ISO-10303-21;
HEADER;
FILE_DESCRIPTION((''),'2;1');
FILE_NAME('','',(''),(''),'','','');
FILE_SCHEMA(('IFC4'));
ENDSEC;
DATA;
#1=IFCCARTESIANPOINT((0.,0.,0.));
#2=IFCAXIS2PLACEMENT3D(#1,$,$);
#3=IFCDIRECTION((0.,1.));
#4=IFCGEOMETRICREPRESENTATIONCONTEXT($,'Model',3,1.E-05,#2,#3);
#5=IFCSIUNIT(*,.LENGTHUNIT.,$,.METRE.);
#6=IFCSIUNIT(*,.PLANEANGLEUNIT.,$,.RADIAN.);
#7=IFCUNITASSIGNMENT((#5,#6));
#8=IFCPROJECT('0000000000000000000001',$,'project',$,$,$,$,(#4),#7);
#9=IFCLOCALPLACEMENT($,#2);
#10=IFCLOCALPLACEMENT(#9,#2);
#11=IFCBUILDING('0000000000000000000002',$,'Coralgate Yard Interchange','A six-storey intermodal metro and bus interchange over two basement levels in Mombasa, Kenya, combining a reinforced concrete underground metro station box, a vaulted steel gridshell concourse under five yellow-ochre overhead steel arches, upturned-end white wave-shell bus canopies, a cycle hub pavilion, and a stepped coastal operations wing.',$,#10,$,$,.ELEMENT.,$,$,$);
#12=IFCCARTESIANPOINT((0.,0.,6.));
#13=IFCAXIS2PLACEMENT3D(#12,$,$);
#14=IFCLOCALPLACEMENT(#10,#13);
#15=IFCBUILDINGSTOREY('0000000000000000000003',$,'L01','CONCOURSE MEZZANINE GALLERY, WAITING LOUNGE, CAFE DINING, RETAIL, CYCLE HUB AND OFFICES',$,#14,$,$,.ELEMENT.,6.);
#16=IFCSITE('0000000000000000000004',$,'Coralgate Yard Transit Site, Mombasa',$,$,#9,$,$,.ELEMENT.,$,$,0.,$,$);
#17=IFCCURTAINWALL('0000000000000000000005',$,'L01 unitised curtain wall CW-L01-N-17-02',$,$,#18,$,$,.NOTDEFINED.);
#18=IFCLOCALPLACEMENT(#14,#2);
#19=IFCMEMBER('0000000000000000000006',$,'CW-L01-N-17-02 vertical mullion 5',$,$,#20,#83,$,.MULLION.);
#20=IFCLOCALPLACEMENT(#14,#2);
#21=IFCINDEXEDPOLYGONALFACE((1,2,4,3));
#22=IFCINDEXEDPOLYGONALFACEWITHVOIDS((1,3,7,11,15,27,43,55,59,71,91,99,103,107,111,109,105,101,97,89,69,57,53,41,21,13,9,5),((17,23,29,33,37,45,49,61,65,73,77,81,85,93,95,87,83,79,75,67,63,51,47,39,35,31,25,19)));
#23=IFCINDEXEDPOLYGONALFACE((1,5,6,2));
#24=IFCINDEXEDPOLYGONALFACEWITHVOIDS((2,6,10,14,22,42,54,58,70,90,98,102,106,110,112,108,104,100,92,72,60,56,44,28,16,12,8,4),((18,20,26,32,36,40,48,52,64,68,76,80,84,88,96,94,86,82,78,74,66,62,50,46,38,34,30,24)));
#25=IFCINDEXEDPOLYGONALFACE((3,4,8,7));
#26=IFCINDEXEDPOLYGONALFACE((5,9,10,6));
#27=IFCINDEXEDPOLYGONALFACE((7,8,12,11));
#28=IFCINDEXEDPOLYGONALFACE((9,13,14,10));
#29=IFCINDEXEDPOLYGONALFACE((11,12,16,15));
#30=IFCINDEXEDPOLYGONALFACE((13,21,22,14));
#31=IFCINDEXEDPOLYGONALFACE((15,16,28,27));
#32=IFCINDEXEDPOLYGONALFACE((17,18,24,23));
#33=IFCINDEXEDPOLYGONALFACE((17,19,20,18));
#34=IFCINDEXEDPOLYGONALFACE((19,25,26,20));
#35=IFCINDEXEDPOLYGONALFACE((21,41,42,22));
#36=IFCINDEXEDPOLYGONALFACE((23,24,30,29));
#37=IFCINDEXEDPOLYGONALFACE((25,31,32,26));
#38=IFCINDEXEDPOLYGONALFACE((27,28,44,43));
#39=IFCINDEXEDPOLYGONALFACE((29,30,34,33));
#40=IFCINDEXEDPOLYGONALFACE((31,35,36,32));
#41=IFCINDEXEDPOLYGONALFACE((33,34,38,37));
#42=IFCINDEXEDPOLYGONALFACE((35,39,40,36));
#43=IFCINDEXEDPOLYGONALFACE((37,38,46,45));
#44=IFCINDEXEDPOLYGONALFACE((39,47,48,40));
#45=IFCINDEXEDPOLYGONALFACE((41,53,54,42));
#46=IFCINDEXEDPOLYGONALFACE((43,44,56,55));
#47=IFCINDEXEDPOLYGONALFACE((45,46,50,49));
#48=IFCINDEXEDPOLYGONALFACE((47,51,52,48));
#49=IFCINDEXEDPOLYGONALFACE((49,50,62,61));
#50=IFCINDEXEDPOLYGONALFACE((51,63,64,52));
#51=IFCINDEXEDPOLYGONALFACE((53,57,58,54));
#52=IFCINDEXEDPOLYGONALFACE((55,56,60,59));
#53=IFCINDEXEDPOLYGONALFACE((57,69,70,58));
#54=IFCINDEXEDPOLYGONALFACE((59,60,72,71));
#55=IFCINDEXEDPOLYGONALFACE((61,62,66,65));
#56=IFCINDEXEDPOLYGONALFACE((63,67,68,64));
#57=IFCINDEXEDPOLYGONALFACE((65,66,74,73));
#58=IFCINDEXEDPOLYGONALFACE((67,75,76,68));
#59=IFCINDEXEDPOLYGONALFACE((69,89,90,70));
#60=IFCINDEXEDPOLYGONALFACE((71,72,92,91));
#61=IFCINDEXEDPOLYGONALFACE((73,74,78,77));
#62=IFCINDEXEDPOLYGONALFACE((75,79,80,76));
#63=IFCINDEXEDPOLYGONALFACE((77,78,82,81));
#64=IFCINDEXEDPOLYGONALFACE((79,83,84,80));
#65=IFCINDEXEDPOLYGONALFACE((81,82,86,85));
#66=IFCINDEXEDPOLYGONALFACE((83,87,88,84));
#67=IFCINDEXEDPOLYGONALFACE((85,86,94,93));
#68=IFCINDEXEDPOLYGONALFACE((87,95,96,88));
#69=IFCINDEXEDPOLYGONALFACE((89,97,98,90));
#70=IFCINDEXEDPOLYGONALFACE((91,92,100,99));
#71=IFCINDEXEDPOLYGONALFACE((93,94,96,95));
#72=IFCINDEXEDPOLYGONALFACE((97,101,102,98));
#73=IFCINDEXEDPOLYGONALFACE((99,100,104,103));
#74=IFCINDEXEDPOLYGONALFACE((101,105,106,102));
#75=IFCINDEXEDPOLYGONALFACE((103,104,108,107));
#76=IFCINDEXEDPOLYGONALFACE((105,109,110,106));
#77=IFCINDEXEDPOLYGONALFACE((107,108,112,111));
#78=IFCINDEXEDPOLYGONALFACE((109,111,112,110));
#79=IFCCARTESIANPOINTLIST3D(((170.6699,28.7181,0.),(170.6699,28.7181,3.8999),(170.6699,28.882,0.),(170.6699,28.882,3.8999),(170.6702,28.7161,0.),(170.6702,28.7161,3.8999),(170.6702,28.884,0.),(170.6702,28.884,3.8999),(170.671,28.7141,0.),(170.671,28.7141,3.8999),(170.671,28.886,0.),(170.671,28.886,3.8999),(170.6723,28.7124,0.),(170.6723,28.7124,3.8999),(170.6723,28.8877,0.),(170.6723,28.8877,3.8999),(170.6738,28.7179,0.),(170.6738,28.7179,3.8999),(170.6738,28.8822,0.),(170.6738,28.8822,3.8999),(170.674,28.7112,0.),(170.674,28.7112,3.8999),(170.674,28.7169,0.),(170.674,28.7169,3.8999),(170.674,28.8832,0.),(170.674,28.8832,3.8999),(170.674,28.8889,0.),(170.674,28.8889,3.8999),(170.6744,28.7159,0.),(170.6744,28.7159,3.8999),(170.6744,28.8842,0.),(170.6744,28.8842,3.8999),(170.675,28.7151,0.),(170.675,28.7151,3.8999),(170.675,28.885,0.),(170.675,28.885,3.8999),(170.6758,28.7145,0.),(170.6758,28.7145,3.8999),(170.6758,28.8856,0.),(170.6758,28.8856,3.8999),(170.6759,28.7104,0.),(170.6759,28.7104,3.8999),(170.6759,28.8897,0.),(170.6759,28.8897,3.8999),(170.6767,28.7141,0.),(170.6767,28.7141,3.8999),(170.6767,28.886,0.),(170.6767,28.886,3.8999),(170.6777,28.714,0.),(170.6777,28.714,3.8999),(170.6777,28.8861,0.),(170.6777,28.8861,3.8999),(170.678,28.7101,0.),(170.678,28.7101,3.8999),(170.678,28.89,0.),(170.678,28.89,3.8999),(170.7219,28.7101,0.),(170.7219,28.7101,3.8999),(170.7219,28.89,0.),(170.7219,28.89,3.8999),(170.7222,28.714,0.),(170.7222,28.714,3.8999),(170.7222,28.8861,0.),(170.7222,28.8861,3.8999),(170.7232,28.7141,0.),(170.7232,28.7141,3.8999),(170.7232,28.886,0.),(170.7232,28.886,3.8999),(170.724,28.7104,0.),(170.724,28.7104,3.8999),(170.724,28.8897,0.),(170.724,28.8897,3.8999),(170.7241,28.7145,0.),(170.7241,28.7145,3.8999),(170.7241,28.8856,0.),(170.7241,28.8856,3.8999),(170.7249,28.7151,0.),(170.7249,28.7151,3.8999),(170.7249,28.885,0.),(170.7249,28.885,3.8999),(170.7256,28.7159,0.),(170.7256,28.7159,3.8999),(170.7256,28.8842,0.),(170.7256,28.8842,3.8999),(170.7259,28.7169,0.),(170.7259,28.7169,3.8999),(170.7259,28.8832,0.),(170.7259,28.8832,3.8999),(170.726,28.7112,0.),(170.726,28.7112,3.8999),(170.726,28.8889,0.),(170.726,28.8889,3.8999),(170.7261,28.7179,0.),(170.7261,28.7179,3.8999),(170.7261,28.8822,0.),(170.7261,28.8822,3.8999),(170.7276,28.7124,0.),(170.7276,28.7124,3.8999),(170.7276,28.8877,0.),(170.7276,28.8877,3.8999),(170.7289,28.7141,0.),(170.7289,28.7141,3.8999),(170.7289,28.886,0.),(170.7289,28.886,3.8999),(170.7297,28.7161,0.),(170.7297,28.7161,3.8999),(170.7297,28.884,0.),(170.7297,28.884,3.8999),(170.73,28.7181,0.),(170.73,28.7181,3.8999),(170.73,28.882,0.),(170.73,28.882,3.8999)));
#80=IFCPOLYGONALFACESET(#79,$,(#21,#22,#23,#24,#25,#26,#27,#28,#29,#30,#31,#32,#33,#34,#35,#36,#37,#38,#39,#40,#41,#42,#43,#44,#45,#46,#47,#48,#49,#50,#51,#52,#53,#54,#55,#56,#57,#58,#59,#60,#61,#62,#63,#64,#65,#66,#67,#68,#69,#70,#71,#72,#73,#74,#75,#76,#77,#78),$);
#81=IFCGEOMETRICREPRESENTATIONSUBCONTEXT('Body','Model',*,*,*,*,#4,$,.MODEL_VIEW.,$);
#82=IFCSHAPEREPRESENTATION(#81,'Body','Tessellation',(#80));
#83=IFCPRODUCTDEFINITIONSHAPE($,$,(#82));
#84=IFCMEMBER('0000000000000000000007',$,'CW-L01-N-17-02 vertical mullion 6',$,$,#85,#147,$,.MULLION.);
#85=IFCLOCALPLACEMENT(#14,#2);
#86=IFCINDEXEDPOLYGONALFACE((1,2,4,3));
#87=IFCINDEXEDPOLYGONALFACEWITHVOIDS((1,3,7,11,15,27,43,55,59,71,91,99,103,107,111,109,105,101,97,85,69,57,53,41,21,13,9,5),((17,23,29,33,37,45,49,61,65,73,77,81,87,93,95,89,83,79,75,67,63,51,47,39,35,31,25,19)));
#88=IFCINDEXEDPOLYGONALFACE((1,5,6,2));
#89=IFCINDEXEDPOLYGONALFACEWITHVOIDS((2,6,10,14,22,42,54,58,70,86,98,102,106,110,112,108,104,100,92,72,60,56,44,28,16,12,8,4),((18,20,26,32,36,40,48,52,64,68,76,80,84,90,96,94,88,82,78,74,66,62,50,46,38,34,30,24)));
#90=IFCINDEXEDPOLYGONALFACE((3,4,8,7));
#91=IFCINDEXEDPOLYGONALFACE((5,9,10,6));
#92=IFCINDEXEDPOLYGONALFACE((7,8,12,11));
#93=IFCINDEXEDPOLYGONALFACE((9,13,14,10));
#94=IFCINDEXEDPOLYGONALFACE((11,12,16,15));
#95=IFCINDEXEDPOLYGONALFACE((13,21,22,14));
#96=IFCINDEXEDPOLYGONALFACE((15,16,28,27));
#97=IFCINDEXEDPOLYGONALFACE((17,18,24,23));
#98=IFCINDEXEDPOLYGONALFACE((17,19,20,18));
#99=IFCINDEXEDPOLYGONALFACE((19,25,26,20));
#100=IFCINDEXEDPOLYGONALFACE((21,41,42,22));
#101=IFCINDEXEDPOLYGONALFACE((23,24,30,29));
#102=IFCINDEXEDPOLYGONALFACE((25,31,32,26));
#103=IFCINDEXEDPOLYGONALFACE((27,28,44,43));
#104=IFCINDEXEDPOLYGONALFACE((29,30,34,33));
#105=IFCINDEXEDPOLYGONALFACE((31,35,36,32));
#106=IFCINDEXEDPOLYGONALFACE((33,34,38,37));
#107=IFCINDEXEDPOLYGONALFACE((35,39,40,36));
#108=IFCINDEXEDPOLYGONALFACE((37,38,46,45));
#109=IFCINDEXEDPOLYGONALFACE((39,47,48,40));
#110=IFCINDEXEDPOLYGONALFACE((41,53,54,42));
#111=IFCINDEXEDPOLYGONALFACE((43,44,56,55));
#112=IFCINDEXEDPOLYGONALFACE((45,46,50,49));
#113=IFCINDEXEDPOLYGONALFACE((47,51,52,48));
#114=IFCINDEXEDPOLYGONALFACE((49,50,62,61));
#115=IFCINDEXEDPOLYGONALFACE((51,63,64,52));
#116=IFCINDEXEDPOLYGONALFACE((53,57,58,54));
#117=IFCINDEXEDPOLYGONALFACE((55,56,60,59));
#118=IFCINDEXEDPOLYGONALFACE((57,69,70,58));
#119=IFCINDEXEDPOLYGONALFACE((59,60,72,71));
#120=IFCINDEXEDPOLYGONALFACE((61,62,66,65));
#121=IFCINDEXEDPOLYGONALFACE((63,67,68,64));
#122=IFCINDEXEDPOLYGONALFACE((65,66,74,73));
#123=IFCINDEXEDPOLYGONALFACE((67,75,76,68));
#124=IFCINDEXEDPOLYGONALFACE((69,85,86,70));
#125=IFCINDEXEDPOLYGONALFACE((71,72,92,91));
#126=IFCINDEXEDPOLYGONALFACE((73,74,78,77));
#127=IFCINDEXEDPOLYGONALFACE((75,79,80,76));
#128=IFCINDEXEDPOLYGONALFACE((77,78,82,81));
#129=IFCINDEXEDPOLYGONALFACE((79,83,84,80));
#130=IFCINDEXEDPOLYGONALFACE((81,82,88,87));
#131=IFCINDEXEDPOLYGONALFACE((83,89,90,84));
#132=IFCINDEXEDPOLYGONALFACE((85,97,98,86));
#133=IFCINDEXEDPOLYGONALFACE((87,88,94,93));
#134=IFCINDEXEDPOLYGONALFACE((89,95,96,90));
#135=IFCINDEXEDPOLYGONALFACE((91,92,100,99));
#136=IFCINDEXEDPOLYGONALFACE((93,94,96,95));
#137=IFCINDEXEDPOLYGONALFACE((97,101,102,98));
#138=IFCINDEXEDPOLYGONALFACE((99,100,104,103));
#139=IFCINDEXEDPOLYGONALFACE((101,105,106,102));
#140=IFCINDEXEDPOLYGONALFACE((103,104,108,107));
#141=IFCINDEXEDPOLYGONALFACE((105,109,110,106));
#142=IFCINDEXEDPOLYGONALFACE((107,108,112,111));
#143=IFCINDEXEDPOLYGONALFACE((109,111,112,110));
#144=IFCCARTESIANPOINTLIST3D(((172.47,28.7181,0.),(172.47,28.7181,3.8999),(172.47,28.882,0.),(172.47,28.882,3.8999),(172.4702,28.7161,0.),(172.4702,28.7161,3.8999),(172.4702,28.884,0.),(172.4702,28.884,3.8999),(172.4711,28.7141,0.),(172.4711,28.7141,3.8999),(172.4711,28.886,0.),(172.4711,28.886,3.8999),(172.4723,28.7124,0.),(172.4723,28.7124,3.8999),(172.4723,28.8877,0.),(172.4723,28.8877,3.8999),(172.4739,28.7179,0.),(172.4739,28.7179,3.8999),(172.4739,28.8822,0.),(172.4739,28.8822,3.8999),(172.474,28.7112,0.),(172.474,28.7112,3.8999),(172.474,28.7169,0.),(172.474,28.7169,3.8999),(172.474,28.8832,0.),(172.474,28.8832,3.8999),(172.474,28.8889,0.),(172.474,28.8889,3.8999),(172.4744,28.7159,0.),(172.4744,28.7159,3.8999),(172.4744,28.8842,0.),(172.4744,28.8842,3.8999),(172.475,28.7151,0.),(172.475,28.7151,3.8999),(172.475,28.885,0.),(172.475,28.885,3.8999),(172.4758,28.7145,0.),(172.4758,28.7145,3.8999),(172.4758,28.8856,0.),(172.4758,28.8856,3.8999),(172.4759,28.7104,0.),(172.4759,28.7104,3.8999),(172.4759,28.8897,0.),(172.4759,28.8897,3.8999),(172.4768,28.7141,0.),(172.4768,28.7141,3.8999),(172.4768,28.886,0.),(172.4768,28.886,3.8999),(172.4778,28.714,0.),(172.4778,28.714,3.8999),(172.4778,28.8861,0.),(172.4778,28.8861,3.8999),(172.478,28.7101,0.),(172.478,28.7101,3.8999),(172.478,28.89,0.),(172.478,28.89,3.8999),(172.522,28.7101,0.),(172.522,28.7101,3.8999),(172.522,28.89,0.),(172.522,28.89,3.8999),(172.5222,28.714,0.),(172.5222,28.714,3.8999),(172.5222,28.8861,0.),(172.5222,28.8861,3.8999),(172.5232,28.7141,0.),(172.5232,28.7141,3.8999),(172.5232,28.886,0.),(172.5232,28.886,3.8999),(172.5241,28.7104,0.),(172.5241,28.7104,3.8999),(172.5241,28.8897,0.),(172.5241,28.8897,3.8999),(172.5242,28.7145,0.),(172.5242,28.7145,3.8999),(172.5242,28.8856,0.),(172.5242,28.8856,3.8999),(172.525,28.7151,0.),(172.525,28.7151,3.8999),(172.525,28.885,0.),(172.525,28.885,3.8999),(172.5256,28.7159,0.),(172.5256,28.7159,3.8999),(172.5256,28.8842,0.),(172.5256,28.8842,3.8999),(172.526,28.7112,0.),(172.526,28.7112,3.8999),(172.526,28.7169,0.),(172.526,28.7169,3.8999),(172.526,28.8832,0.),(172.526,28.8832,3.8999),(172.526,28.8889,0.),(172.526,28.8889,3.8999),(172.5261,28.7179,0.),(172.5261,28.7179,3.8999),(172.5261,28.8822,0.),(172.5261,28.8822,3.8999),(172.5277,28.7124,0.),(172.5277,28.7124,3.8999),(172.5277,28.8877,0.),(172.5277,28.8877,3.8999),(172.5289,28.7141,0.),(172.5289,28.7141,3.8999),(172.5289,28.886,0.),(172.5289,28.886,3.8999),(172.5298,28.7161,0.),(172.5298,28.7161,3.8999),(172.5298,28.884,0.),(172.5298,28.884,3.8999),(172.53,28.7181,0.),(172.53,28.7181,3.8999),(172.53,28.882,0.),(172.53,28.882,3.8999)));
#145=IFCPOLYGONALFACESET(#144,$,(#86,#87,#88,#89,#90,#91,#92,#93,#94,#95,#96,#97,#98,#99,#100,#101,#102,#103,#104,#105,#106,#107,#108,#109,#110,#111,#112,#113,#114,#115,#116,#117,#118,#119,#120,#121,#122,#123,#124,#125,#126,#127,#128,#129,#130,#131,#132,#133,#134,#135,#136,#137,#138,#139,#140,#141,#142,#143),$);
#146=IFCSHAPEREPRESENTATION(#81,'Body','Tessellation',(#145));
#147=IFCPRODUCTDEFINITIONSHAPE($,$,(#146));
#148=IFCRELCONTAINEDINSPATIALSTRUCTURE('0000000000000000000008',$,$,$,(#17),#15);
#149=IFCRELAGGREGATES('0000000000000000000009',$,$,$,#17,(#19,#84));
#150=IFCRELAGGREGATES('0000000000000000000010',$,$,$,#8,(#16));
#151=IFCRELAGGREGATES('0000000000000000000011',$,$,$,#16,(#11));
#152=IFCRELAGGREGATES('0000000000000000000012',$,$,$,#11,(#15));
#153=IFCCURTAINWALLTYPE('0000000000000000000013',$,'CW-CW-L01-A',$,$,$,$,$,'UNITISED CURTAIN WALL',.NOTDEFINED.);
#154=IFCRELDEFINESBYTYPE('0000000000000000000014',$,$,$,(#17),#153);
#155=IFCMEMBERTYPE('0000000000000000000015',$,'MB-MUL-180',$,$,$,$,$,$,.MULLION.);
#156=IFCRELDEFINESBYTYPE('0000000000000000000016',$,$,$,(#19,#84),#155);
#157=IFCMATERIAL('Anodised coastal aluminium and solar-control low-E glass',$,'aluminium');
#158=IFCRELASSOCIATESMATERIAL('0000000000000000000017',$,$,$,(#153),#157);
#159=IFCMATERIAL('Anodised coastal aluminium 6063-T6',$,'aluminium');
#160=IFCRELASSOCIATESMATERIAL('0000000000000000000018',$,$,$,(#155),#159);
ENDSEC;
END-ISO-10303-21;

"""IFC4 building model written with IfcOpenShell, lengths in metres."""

from ifc_helpers import new_model, si_unit, direction, frame, origin, origin_2d, place, context, subcontext, project, spatial, hollow_rectangle, extrude, material, material_profile, profile_set, type_object, element, aggregate, save


model = new_model("IFC4")

# Units and contexts
model_context = context("Model", 3, precision=1e-05, world=origin(), true_north=direction((0.0, 1.0)))
body_context = subcontext(model_context, "Body", "Model", "MODEL_VIEW")
ifc_project = project(units=[si_unit("LENGTHUNIT", "METRE"), si_unit("PLANEANGLEUNIT", "RADIAN")], contexts=[model_context])

# Site, building, storey
site_placement = place(None, origin())
site = spatial("IfcSite", under=ifc_project, at=site_placement, Name="Coralgate Yard Transit Site, Mombasa", CompositionType="ELEMENT", RefElevation=0.0)
building_placement = place(site_placement, origin())
building = spatial("IfcBuilding", under=site, at=building_placement, Name="Coralgate Yard Interchange", Description="A six-storey intermodal metro and bus interchange over two basement levels in Mombasa, Kenya, combining a reinforced concrete underground metro station box, a vaulted steel gridshell concourse under five yellow-ochre overhead steel arches, upturned-end white wave-shell bus canopies, a cycle hub pavilion, and a stepped coastal operations wing.", CompositionType="ELEMENT")
storey_placement = place(building_placement, frame((0.0, 0.0, 6.0)))
storey = spatial("IfcBuildingStorey", under=building, at=storey_placement, Name="L01", Description="CONCOURSE MEZZANINE GALLERY, WAITING LOUNGE, CAFE DINING, RETAIL, CYCLE HUB AND OFFICES", CompositionType="ELEMENT", Elevation=6.0)

# Curtain wall, members
ifc_material_1 = material(Name="Anodised coastal aluminium and solar-control low-E glass", Category="aluminium")
curtain_wall_type = type_object("IfcCurtainWallType", Name="CW-CW-L01-A", ElementType="UNITISED CURTAIN WALL", PredefinedType="NOTDEFINED", material=ifc_material_1)
curtain_wall_placement = place(storey_placement, origin())
curtain_wall = element("IfcCurtainWall", 1, at=curtain_wall_placement, inside=storey, type_object=curtain_wall_type, Name="L01 unitised curtain wall CW-L01-N-17-02", PredefinedType="NOTDEFINED")
ifc_material_2 = material(Name="Anodised coastal aluminium 6063-T6", Category="aluminium")
ifc_material_profile_1 = material_profile(ifc_material_2, hollow_rectangle(XDim=0.0601, YDim=0.1799, WallThickness=0.0039, InnerFilletRadius=0.0039, OuterFilletRadius=0.0081, at=origin_2d()), Name="ALU 60x180x4")
ifc_profile_set_1 = profile_set([ifc_material_profile_1], Name="Anodised coastal aluminium 6063-T6")
member_type_1 = type_object("IfcMemberType", Name="MB-MUL-180", PredefinedType="MULLION", material=ifc_profile_set_1)
member_1_placement = place(storey_placement, frame((170.7, 28.8, 0.0), z_axis=(0.0, 0.0, 1.0), x_axis=(1.0, 0.0, 0.0)))
member_1 = element("IfcMember", 2, at=member_1_placement, type_object=member_type_1, Name="CW-L01-N-17-02 vertical mullion 5", PredefinedType="MULLION", context=body_context, shape_type="SweptSolid", body=[
    extrude(hollow_rectangle(XDim=0.0601, YDim=0.1799, WallThickness=0.0039, InnerFilletRadius=0.0039, OuterFilletRadius=0.0081, at=origin_2d()), origin(), (0.0, 0.0, 1.0), 3.8999),
])
member_2_placement = place(storey_placement, frame((172.5, 28.8, 0.0), z_axis=(0.0, 0.0, 1.0), x_axis=(1.0, 0.0, 0.0)))
member_2 = element("IfcMember", 3, at=member_2_placement, type_object=member_type_1, Name="CW-L01-N-17-02 vertical mullion 6", PredefinedType="MULLION", context=body_context, shape_type="SweptSolid", body=[
    extrude(hollow_rectangle(XDim=0.0601, YDim=0.1799, WallThickness=0.0039, InnerFilletRadius=0.0039, OuterFilletRadius=0.0081, at=origin_2d()), origin(), (0.0, 0.0, 1.0), 3.8999),
])
aggregate(curtain_wall, [member_1, member_2])

save(model, "model.ifc")
